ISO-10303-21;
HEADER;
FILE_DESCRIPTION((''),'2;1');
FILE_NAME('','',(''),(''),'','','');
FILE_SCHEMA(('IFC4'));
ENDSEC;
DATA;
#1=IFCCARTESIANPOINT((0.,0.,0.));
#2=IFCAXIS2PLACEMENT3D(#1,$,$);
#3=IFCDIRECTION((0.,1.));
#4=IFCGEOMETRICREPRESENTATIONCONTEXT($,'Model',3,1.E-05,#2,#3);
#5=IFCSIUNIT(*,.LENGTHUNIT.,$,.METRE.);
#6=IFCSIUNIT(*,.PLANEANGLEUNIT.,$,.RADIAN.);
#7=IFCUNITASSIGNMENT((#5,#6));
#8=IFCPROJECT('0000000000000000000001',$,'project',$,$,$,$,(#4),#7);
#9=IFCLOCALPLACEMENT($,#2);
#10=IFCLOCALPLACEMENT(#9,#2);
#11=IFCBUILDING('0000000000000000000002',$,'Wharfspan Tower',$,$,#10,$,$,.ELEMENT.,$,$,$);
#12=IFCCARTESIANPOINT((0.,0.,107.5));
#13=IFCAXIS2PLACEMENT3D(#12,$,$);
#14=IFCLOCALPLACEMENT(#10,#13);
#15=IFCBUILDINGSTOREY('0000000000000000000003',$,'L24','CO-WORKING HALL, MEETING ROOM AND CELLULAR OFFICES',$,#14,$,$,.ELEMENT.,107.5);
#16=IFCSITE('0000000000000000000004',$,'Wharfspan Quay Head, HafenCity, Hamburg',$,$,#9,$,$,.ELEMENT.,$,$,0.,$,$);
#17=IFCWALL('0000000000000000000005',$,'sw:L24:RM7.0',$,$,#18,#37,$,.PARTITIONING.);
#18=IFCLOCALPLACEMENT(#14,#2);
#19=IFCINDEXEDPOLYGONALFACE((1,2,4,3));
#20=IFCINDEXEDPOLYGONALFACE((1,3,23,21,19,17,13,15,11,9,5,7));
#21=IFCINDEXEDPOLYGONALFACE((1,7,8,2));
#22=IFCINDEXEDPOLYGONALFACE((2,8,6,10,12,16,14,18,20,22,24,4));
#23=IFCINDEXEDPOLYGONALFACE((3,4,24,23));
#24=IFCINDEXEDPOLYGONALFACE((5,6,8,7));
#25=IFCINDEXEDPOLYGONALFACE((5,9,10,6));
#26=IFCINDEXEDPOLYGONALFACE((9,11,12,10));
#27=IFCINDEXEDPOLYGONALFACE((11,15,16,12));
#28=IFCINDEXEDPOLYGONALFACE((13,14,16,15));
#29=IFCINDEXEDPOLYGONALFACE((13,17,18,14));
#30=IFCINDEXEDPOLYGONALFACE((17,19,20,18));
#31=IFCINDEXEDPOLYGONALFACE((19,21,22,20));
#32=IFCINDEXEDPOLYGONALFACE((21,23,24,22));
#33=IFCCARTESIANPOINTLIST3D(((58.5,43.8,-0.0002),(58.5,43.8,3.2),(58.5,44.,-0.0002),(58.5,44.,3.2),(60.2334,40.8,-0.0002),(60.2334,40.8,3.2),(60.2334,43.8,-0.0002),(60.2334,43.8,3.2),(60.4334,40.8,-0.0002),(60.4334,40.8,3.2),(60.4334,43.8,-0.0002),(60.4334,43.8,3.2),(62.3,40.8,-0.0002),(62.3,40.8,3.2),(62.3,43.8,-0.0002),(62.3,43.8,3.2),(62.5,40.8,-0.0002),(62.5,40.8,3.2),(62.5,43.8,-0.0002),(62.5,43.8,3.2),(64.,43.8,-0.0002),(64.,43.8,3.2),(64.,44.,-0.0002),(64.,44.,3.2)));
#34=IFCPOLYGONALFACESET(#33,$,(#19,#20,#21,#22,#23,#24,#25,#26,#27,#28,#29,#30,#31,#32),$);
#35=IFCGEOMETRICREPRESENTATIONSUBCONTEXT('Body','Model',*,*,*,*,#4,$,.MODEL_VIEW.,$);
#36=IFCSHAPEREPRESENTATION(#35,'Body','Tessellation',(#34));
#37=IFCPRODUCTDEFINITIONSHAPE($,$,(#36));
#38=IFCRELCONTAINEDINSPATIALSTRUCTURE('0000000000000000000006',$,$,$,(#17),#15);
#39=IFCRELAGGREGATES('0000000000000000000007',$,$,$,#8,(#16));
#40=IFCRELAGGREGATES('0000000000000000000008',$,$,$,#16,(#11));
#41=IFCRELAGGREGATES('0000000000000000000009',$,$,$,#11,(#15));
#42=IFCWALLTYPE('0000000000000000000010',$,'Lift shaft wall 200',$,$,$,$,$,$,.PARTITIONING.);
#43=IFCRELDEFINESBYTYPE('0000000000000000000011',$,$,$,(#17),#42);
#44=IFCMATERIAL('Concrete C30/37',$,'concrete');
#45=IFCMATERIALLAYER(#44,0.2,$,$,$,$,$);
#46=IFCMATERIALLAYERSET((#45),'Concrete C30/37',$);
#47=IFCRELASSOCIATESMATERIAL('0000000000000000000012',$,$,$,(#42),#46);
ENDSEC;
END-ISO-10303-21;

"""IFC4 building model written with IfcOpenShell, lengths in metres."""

from ifc_helpers import new_model, si_unit, direction, frame, origin, place, context, subcontext, project, spatial, polyline, outline, extrude, material, layer, layer_set, type_object, element, save


model = new_model("IFC4")

# Units and contexts
model_context = context("Model", 3, precision=1e-05, world=origin(), true_north=direction((0.0, 1.0)))
body_context = subcontext(model_context, "Body", "Model", "MODEL_VIEW")
ifc_project = project(units=[si_unit("LENGTHUNIT", "METRE"), si_unit("PLANEANGLEUNIT", "RADIAN")], contexts=[model_context])

# Site, building, storey
site_placement = place(None, origin())
site = spatial("IfcSite", under=ifc_project, at=site_placement, Name="Wharfspan Quay Head, HafenCity, Hamburg", CompositionType="ELEMENT", RefElevation=0.0)
building_placement = place(site_placement, origin())
building = spatial("IfcBuilding", under=site, at=building_placement, Name="Wharfspan Tower", CompositionType="ELEMENT")
storey_placement = place(building_placement, frame((0.0, 0.0, 107.5)))
storey = spatial("IfcBuildingStorey", under=building, at=storey_placement, Name="L24", Description="CO-WORKING HALL, MEETING ROOM AND CELLULAR OFFICES", CompositionType="ELEMENT", Elevation=107.5)

# Wall
ifc_material_1 = material(Name="Concrete C30/37", Category="concrete")
ifc_layer_1 = layer(ifc_material_1, 0.2)
ifc_layer_set_1 = layer_set([ifc_layer_1], Name="Concrete C30/37")
wall_type_1 = type_object("IfcWallType", Name="Lift shaft wall 200", PredefinedType="PARTITIONING", material=ifc_layer_set_1)
wall_1_placement = place(storey_placement, frame((0.0, 0.0, -0.0002)))
element("IfcWall", 1, at=wall_1_placement, inside=storey, type_object=wall_type_1, Name="sw:L24:RM7.0", PredefinedType="PARTITIONING", context=body_context, shape_type="SweptSolid", body=[
    extrude(outline(polyline([(60.4333, 40.8), (60.2334, 40.8), (60.2334, 43.8), (58.5, 43.8), (58.5, 44.0), (64.0, 44.0), (64.0, 43.8), (62.5, 43.8), (62.5, 40.8), (62.3, 40.8), (62.3, 43.8), (60.4333, 43.8), (60.4333, 40.8)])), origin(), (0.0, 0.0, 1.0), 3.2002),
])

save(model, "model.ifc")
